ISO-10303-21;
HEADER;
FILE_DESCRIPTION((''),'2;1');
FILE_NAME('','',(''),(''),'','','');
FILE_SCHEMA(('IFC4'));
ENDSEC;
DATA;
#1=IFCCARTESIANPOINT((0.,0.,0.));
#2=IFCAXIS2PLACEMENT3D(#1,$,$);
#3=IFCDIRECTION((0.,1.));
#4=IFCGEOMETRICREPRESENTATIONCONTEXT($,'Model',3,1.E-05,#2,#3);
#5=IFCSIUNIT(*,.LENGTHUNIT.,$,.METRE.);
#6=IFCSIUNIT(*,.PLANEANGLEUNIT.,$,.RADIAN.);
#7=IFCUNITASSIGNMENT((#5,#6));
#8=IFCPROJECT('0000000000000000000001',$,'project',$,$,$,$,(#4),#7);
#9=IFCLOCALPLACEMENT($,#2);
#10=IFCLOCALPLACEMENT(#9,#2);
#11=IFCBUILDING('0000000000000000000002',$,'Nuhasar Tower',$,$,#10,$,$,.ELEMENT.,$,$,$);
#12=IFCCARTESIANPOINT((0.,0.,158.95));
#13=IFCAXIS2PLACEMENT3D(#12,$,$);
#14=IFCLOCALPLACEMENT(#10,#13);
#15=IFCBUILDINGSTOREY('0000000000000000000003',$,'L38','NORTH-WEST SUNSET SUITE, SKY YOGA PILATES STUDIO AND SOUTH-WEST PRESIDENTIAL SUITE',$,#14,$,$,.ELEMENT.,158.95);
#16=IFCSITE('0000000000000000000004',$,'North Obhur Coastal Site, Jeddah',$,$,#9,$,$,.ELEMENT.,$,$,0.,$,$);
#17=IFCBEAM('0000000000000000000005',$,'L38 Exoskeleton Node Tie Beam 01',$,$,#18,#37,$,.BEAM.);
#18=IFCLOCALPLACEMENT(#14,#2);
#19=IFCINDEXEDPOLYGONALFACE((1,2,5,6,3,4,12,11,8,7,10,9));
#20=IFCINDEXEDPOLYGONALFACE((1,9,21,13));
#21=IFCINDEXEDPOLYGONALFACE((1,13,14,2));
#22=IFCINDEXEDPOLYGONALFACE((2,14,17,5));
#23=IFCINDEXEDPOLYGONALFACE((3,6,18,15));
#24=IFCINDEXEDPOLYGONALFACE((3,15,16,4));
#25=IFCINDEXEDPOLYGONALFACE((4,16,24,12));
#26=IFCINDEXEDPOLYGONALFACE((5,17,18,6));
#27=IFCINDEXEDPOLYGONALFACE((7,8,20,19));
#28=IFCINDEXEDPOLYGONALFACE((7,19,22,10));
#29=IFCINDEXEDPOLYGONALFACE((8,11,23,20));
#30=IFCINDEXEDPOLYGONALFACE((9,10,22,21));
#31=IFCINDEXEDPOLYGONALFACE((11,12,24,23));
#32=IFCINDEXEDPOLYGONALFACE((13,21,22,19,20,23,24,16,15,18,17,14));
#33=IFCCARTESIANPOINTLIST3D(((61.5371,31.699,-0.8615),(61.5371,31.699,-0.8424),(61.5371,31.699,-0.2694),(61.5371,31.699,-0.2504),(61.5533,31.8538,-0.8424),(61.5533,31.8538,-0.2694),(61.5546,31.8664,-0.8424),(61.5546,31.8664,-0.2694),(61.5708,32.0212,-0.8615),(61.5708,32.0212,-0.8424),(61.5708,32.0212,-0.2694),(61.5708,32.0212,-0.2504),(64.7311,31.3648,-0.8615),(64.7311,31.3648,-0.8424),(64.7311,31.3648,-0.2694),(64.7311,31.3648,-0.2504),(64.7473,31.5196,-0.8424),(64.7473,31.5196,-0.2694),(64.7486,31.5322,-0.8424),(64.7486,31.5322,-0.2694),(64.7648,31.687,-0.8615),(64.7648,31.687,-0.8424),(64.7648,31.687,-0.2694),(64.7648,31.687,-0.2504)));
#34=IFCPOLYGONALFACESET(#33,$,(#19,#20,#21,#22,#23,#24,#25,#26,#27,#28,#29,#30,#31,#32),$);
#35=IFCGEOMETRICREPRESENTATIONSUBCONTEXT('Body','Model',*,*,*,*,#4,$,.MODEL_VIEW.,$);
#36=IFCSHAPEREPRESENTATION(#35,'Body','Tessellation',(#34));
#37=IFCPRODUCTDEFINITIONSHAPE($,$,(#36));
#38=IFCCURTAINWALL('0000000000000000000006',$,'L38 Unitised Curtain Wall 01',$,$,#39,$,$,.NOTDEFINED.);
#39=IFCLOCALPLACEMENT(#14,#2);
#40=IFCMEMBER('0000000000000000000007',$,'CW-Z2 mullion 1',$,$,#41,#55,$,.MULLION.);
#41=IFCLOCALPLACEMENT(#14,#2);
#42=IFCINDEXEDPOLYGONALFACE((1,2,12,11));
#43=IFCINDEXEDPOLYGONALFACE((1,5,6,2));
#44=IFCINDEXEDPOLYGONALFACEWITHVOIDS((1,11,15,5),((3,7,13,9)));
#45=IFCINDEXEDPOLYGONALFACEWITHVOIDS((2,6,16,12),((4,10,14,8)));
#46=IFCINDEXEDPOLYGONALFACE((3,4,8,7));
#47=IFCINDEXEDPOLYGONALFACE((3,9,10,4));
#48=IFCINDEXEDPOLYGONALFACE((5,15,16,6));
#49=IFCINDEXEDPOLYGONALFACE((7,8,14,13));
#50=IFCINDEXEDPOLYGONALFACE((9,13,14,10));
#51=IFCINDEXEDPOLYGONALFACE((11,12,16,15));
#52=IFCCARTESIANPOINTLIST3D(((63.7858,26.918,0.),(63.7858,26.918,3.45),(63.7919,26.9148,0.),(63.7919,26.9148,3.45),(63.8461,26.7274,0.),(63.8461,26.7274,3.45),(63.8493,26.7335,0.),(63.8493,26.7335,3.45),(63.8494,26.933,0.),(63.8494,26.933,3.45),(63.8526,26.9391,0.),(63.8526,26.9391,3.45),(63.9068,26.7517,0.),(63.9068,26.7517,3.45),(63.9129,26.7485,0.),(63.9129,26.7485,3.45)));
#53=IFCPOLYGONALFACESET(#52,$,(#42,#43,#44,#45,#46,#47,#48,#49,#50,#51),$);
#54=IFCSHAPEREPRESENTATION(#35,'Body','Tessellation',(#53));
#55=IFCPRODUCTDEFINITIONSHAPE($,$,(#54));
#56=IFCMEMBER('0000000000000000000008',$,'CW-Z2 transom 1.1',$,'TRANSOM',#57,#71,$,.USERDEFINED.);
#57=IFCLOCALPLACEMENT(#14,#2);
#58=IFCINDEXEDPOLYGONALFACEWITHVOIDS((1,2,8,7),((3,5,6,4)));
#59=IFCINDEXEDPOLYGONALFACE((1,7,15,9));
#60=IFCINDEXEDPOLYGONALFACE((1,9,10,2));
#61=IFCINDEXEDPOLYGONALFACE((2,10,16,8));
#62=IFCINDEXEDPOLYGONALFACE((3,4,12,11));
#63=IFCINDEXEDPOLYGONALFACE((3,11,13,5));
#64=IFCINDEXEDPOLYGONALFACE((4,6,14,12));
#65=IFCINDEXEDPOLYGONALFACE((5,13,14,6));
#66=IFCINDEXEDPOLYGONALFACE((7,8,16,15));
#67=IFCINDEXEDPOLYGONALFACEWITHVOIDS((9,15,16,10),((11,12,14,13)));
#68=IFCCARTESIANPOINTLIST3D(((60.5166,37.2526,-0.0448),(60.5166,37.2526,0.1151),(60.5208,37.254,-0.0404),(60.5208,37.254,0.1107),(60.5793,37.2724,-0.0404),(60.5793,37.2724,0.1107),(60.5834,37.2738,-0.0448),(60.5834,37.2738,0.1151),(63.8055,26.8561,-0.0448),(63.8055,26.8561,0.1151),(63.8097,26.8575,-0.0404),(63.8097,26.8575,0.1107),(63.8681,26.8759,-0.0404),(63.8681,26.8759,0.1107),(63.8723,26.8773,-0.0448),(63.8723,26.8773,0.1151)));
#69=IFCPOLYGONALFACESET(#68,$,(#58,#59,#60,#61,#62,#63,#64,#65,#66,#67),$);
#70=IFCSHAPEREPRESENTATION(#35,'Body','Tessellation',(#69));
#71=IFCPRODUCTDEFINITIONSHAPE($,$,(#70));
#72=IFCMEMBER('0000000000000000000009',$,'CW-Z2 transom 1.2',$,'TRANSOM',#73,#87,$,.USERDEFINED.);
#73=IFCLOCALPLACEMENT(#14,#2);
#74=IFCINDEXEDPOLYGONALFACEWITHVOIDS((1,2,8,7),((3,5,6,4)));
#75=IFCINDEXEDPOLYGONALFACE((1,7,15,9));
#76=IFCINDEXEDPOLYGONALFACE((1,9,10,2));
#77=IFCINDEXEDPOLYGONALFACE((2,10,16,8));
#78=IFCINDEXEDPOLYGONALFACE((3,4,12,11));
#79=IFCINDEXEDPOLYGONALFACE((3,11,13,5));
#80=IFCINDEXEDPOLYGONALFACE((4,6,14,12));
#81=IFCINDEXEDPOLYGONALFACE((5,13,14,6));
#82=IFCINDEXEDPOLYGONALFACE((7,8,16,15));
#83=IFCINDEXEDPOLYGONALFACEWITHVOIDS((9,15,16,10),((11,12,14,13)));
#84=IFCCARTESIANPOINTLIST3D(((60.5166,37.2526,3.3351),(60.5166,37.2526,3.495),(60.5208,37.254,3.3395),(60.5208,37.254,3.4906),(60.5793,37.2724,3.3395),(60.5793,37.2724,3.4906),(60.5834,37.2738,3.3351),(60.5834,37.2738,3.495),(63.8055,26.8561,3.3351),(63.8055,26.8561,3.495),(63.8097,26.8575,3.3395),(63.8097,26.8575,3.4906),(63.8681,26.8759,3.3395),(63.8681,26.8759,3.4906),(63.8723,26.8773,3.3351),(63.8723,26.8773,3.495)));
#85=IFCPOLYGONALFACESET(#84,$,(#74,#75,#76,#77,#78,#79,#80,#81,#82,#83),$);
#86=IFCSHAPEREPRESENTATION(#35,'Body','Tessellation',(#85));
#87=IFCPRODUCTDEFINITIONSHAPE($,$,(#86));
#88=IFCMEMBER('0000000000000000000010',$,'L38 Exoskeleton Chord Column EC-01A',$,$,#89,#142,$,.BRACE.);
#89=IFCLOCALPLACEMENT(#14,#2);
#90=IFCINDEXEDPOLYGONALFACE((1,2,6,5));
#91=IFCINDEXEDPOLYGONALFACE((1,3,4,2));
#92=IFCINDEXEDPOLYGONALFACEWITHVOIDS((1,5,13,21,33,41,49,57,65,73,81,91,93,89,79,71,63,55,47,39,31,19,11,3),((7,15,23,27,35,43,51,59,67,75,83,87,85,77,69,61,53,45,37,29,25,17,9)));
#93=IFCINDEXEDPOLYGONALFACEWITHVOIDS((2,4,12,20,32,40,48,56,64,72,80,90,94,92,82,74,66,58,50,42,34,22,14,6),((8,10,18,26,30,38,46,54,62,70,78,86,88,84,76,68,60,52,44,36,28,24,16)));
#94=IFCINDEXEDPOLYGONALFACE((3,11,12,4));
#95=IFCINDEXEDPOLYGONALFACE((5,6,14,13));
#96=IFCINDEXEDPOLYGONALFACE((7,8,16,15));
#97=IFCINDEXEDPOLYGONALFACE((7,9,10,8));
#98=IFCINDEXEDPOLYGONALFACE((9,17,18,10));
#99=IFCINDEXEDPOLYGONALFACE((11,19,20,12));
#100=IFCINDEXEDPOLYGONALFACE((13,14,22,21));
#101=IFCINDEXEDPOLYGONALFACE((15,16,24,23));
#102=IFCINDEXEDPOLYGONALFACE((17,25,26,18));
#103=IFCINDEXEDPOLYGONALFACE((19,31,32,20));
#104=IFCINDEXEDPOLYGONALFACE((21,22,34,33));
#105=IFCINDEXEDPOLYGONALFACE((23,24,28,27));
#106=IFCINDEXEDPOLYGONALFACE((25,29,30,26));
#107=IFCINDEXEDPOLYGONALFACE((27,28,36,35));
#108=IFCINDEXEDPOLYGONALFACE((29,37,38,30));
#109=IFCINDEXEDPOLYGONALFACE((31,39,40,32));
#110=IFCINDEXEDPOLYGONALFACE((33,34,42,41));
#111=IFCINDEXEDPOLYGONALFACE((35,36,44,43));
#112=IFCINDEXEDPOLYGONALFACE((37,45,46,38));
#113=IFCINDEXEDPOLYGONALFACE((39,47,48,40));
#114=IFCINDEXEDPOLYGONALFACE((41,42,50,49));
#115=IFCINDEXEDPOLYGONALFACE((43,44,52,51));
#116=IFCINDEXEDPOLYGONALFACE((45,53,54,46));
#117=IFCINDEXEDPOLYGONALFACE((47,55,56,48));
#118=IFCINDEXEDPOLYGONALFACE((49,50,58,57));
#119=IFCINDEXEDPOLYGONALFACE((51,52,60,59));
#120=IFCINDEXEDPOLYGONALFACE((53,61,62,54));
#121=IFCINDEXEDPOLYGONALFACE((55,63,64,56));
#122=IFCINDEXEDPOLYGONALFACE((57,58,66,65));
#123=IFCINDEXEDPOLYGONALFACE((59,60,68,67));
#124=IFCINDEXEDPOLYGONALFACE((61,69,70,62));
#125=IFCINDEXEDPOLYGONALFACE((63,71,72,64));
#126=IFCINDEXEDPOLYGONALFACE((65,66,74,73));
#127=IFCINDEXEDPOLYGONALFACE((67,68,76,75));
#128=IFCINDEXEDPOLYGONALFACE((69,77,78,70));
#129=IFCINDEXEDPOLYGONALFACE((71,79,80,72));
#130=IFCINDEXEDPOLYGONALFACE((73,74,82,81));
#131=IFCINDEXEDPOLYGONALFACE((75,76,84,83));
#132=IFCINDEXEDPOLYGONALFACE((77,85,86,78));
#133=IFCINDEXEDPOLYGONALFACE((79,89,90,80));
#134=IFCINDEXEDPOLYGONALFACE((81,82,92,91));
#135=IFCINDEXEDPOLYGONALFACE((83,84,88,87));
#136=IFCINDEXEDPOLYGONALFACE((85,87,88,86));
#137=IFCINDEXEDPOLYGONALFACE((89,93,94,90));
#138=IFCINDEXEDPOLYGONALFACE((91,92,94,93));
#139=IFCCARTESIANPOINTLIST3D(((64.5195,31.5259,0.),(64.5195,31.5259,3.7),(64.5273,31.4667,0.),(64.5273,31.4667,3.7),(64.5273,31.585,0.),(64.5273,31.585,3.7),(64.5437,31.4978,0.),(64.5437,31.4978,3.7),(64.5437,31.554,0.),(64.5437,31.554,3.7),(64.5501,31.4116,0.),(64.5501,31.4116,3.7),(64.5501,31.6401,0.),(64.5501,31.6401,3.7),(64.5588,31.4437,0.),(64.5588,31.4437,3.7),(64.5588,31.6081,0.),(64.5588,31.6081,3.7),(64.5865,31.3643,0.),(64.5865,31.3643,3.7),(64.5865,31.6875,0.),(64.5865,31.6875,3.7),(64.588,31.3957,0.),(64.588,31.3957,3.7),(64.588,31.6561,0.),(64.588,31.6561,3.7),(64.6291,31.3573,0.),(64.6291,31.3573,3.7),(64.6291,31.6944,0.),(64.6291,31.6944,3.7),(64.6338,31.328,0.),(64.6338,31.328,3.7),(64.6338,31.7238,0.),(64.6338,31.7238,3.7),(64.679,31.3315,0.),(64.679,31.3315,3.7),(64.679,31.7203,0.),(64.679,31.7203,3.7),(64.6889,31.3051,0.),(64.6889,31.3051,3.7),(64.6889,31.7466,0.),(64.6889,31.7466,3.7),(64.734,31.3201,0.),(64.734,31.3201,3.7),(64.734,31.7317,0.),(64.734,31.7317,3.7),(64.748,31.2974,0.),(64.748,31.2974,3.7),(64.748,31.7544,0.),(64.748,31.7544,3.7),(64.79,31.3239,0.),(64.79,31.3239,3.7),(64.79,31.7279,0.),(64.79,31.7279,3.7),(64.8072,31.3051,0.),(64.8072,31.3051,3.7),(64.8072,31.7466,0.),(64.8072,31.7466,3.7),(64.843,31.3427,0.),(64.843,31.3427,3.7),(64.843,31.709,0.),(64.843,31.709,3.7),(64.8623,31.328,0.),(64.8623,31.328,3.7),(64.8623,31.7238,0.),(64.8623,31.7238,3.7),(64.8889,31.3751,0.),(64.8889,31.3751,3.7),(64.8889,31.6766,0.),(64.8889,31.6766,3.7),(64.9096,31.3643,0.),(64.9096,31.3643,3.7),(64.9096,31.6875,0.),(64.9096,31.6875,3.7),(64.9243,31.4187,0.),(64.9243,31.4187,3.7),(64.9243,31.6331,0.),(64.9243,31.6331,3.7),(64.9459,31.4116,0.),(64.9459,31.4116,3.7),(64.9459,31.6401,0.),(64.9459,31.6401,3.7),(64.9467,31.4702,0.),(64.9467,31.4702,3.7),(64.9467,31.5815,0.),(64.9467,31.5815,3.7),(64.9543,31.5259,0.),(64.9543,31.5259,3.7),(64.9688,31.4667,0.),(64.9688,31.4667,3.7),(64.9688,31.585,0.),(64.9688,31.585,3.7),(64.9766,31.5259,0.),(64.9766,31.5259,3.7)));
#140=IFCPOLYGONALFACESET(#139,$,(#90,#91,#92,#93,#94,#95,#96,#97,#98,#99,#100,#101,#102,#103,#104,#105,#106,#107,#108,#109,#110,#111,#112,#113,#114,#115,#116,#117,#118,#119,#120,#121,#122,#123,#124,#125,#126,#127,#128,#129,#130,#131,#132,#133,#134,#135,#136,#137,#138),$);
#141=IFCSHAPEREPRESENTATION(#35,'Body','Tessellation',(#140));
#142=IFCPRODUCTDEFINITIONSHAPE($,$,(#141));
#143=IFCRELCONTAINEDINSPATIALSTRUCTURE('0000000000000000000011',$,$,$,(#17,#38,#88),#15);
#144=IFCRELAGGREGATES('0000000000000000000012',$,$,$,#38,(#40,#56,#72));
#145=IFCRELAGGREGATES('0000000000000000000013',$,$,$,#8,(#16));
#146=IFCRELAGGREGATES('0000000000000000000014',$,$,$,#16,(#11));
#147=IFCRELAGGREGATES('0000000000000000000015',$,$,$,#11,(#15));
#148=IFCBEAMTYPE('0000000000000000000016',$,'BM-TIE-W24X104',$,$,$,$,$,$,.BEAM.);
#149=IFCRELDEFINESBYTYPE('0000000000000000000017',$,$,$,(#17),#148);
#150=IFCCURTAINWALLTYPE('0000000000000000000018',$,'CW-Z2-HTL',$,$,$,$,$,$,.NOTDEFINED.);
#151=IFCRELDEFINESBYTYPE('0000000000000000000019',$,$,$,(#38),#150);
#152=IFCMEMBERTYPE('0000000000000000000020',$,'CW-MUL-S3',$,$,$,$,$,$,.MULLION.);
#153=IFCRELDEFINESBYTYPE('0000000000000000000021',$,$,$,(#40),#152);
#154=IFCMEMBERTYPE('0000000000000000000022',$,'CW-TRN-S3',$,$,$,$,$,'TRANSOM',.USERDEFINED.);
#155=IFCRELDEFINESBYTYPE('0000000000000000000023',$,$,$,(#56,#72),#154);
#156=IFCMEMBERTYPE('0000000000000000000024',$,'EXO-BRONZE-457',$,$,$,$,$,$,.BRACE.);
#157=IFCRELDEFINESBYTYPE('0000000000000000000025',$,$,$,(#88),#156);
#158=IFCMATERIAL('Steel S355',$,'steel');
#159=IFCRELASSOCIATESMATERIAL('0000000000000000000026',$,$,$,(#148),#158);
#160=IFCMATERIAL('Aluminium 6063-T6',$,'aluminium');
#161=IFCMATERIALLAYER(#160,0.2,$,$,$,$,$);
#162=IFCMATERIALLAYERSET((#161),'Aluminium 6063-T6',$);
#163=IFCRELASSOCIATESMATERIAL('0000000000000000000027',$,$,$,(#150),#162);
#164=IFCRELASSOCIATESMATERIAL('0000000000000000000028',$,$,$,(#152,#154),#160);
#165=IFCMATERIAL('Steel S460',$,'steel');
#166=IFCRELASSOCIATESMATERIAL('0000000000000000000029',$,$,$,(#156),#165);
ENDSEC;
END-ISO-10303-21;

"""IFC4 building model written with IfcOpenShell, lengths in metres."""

from ifc_helpers import new_model, si_unit, direction, frame, origin, origin_2d, place, context, subcontext, project, spatial, hollow_rectangle, hollow_circle, i_section, extrude, material, layer, layer_set, material_profile, profile_set, type_object, element, aggregate, save


model = new_model("IFC4")

# Units and contexts
model_context = context("Model", 3, precision=1e-05, world=origin(), true_north=direction((0.0, 1.0)))
body_context = subcontext(model_context, "Body", "Model", "MODEL_VIEW")
ifc_project = project(units=[si_unit("LENGTHUNIT", "METRE"), si_unit("PLANEANGLEUNIT", "RADIAN")], contexts=[model_context])

# Site, building, storey
site_placement = place(None, origin())
site = spatial("IfcSite", under=ifc_project, at=site_placement, Name="North Obhur Coastal Site, Jeddah", CompositionType="ELEMENT", RefElevation=0.0)
building_placement = place(site_placement, origin())
building = spatial("IfcBuilding", under=site, at=building_placement, Name="Nuhasar Tower", CompositionType="ELEMENT")
storey_placement = place(building_placement, frame((0.0, 0.0, 158.95)))
storey = spatial("IfcBuildingStorey", under=building, at=storey_placement, Name="L38", Description="NORTH-WEST SUNSET SUITE, SKY YOGA PILATES STUDIO AND SOUTH-WEST PRESIDENTIAL SUITE", CompositionType="ELEMENT", Elevation=158.95)

# Beam
ifc_material_1 = material(Name="Steel S355", Category="steel")
ifc_material_profile_1 = material_profile(ifc_material_1, i_section(OverallWidth=0.324, OverallDepth=0.6111, WebThickness=0.0127, FlangeThickness=0.019, at=origin_2d()), Name="W24X104")
ifc_profile_set_1 = profile_set([ifc_material_profile_1], Name="Steel S355")
beam_type_1 = type_object("IfcBeamType", Name="BM-TIE-W24X104", PredefinedType="BEAM", material=ifc_profile_set_1)
beam_1_placement = place(storey_placement, frame((61.554, 31.8601, -0.5559), z_axis=(0.99457, -0.104071, 0.0), x_axis=(0.104071, 0.99457, 0.0)))
element("IfcBeam", 1, at=beam_1_placement, inside=storey, type_object=beam_type_1, Name="L38 Exoskeleton Node Tie Beam 01", PredefinedType="BEAM", context=body_context, shape_type="SweptSolid", body=[
    extrude(i_section(OverallWidth=0.324, OverallDepth=0.6111, WebThickness=0.0127, FlangeThickness=0.019, at=origin_2d()), origin(), (0.0, 0.0, 1.0), 3.2114),
])

# Curtain wall, members
ifc_material_2 = material(Name="Aluminium 6063-T6", Category="aluminium")
ifc_layer_1 = layer(ifc_material_2, 0.2)
ifc_layer_set_1 = layer_set([ifc_layer_1], Name="Aluminium 6063-T6")
curtain_wall_type = type_object("IfcCurtainWallType", Name="CW-Z2-HTL", PredefinedType="NOTDEFINED", material=ifc_layer_set_1)
curtain_wall_placement = place(storey_placement, origin())
curtain_wall = element("IfcCurtainWall", 2, at=curtain_wall_placement, inside=storey, type_object=curtain_wall_type, Name="L38 Unitised Curtain Wall 01", PredefinedType="NOTDEFINED")
ifc_material_profile_2 = material_profile(ifc_material_2, hollow_rectangle(XDim=0.0701, YDim=0.2, WallThickness=0.0049, at=origin_2d()), Name="CWM-3")
ifc_profile_set_2 = profile_set([ifc_material_profile_2], Name="Aluminium 6063-T6")
member_type_1 = type_object("IfcMemberType", Name="CW-MUL-S3", PredefinedType="MULLION", material=ifc_profile_set_2)
member_1_placement = place(storey_placement, frame((63.8494, 26.8333, 0.0), z_axis=(0.0, 0.0, 1.0), x_axis=(-0.953433, -0.301604, 0.0)))
member_1 = element("IfcMember", 3, at=member_1_placement, type_object=member_type_1, Name="CW-Z2 mullion 1", PredefinedType="MULLION", context=body_context, shape_type="SweptSolid", body=[
    extrude(hollow_rectangle(XDim=0.0701, YDim=0.2, WallThickness=0.0049, at=origin_2d()), origin(), (0.0, 0.0, 1.0), 3.45),
])
ifc_material_profile_3 = material_profile(ifc_material_2, hollow_rectangle(XDim=0.0701, YDim=0.1599, WallThickness=0.0044, at=origin_2d()), Name="CWT-3")
ifc_profile_set_3 = profile_set([ifc_material_profile_3], Name="Aluminium 6063-T6")
member_type_2 = type_object("IfcMemberType", Name="CW-TRN-S3", ElementType="TRANSOM", PredefinedType="USERDEFINED", material=ifc_profile_set_3)
member_2_placement = place(storey_placement, frame((63.8389, 26.8667, 0.0352), z_axis=(-0.301608, 0.953432, 0.0), x_axis=(-0.953432, -0.301608, 0.0)))
member_2 = element("IfcMember", 4, at=member_2_placement, type_object=member_type_2, Name="CW-Z2 transom 1.1", ObjectType="TRANSOM", PredefinedType="USERDEFINED", context=body_context, shape_type="SweptSolid", body=[
    extrude(hollow_rectangle(XDim=0.0701, YDim=0.1599, WallThickness=0.0044, at=origin_2d()), origin(), (0.0, 0.0, 1.0), 10.9043),
])
member_3_placement = place(storey_placement, frame((63.8389, 26.8667, 3.415), z_axis=(-0.301608, 0.953432, 0.0), x_axis=(-0.953432, -0.301608, 0.0)))
member_3 = element("IfcMember", 5, at=member_3_placement, type_object=member_type_2, Name="CW-Z2 transom 1.2", ObjectType="TRANSOM", PredefinedType="USERDEFINED", context=body_context, shape_type="SweptSolid", body=[
    extrude(hollow_rectangle(XDim=0.0701, YDim=0.1599, WallThickness=0.0044, at=origin_2d()), origin(), (0.0, 0.0, 1.0), 10.9043),
])

# Member
ifc_material_3 = material(Name="Steel S460", Category="steel")
ifc_material_profile_4 = material_profile(ifc_material_3, hollow_circle(Radius=0.2285, WallThickness=0.0222, at=origin_2d()), Name="HSS457X22.2")
ifc_profile_set_4 = profile_set([ifc_material_profile_4], Name="Steel S460")
member_type_3 = type_object("IfcMemberType", Name="EXO-BRONZE-457", PredefinedType="BRACE", material=ifc_profile_set_4)
for number, where, z_axis, x_axis, name in (
    (6, (64.748, 31.5259, 0.0), (0.0, 0.0, 1.0), (1.0, 0.0, 0.0), "L38 Exoskeleton Chord Column EC-01A"),
):
    element("IfcMember", number, at=place(storey_placement, frame(where, z_axis=z_axis, x_axis=x_axis)), inside=storey, type_object=member_type_3, Name=name, PredefinedType="BRACE", context=body_context, shape_type="SweptSolid", body=[
        extrude(hollow_circle(Radius=0.2285, WallThickness=0.0222, at=origin_2d()), origin(), (0.0, 0.0, 1.0), 3.7),
    ])

aggregate(curtain_wall, [member_1, member_2, member_3])

save(model, "model.ifc")
